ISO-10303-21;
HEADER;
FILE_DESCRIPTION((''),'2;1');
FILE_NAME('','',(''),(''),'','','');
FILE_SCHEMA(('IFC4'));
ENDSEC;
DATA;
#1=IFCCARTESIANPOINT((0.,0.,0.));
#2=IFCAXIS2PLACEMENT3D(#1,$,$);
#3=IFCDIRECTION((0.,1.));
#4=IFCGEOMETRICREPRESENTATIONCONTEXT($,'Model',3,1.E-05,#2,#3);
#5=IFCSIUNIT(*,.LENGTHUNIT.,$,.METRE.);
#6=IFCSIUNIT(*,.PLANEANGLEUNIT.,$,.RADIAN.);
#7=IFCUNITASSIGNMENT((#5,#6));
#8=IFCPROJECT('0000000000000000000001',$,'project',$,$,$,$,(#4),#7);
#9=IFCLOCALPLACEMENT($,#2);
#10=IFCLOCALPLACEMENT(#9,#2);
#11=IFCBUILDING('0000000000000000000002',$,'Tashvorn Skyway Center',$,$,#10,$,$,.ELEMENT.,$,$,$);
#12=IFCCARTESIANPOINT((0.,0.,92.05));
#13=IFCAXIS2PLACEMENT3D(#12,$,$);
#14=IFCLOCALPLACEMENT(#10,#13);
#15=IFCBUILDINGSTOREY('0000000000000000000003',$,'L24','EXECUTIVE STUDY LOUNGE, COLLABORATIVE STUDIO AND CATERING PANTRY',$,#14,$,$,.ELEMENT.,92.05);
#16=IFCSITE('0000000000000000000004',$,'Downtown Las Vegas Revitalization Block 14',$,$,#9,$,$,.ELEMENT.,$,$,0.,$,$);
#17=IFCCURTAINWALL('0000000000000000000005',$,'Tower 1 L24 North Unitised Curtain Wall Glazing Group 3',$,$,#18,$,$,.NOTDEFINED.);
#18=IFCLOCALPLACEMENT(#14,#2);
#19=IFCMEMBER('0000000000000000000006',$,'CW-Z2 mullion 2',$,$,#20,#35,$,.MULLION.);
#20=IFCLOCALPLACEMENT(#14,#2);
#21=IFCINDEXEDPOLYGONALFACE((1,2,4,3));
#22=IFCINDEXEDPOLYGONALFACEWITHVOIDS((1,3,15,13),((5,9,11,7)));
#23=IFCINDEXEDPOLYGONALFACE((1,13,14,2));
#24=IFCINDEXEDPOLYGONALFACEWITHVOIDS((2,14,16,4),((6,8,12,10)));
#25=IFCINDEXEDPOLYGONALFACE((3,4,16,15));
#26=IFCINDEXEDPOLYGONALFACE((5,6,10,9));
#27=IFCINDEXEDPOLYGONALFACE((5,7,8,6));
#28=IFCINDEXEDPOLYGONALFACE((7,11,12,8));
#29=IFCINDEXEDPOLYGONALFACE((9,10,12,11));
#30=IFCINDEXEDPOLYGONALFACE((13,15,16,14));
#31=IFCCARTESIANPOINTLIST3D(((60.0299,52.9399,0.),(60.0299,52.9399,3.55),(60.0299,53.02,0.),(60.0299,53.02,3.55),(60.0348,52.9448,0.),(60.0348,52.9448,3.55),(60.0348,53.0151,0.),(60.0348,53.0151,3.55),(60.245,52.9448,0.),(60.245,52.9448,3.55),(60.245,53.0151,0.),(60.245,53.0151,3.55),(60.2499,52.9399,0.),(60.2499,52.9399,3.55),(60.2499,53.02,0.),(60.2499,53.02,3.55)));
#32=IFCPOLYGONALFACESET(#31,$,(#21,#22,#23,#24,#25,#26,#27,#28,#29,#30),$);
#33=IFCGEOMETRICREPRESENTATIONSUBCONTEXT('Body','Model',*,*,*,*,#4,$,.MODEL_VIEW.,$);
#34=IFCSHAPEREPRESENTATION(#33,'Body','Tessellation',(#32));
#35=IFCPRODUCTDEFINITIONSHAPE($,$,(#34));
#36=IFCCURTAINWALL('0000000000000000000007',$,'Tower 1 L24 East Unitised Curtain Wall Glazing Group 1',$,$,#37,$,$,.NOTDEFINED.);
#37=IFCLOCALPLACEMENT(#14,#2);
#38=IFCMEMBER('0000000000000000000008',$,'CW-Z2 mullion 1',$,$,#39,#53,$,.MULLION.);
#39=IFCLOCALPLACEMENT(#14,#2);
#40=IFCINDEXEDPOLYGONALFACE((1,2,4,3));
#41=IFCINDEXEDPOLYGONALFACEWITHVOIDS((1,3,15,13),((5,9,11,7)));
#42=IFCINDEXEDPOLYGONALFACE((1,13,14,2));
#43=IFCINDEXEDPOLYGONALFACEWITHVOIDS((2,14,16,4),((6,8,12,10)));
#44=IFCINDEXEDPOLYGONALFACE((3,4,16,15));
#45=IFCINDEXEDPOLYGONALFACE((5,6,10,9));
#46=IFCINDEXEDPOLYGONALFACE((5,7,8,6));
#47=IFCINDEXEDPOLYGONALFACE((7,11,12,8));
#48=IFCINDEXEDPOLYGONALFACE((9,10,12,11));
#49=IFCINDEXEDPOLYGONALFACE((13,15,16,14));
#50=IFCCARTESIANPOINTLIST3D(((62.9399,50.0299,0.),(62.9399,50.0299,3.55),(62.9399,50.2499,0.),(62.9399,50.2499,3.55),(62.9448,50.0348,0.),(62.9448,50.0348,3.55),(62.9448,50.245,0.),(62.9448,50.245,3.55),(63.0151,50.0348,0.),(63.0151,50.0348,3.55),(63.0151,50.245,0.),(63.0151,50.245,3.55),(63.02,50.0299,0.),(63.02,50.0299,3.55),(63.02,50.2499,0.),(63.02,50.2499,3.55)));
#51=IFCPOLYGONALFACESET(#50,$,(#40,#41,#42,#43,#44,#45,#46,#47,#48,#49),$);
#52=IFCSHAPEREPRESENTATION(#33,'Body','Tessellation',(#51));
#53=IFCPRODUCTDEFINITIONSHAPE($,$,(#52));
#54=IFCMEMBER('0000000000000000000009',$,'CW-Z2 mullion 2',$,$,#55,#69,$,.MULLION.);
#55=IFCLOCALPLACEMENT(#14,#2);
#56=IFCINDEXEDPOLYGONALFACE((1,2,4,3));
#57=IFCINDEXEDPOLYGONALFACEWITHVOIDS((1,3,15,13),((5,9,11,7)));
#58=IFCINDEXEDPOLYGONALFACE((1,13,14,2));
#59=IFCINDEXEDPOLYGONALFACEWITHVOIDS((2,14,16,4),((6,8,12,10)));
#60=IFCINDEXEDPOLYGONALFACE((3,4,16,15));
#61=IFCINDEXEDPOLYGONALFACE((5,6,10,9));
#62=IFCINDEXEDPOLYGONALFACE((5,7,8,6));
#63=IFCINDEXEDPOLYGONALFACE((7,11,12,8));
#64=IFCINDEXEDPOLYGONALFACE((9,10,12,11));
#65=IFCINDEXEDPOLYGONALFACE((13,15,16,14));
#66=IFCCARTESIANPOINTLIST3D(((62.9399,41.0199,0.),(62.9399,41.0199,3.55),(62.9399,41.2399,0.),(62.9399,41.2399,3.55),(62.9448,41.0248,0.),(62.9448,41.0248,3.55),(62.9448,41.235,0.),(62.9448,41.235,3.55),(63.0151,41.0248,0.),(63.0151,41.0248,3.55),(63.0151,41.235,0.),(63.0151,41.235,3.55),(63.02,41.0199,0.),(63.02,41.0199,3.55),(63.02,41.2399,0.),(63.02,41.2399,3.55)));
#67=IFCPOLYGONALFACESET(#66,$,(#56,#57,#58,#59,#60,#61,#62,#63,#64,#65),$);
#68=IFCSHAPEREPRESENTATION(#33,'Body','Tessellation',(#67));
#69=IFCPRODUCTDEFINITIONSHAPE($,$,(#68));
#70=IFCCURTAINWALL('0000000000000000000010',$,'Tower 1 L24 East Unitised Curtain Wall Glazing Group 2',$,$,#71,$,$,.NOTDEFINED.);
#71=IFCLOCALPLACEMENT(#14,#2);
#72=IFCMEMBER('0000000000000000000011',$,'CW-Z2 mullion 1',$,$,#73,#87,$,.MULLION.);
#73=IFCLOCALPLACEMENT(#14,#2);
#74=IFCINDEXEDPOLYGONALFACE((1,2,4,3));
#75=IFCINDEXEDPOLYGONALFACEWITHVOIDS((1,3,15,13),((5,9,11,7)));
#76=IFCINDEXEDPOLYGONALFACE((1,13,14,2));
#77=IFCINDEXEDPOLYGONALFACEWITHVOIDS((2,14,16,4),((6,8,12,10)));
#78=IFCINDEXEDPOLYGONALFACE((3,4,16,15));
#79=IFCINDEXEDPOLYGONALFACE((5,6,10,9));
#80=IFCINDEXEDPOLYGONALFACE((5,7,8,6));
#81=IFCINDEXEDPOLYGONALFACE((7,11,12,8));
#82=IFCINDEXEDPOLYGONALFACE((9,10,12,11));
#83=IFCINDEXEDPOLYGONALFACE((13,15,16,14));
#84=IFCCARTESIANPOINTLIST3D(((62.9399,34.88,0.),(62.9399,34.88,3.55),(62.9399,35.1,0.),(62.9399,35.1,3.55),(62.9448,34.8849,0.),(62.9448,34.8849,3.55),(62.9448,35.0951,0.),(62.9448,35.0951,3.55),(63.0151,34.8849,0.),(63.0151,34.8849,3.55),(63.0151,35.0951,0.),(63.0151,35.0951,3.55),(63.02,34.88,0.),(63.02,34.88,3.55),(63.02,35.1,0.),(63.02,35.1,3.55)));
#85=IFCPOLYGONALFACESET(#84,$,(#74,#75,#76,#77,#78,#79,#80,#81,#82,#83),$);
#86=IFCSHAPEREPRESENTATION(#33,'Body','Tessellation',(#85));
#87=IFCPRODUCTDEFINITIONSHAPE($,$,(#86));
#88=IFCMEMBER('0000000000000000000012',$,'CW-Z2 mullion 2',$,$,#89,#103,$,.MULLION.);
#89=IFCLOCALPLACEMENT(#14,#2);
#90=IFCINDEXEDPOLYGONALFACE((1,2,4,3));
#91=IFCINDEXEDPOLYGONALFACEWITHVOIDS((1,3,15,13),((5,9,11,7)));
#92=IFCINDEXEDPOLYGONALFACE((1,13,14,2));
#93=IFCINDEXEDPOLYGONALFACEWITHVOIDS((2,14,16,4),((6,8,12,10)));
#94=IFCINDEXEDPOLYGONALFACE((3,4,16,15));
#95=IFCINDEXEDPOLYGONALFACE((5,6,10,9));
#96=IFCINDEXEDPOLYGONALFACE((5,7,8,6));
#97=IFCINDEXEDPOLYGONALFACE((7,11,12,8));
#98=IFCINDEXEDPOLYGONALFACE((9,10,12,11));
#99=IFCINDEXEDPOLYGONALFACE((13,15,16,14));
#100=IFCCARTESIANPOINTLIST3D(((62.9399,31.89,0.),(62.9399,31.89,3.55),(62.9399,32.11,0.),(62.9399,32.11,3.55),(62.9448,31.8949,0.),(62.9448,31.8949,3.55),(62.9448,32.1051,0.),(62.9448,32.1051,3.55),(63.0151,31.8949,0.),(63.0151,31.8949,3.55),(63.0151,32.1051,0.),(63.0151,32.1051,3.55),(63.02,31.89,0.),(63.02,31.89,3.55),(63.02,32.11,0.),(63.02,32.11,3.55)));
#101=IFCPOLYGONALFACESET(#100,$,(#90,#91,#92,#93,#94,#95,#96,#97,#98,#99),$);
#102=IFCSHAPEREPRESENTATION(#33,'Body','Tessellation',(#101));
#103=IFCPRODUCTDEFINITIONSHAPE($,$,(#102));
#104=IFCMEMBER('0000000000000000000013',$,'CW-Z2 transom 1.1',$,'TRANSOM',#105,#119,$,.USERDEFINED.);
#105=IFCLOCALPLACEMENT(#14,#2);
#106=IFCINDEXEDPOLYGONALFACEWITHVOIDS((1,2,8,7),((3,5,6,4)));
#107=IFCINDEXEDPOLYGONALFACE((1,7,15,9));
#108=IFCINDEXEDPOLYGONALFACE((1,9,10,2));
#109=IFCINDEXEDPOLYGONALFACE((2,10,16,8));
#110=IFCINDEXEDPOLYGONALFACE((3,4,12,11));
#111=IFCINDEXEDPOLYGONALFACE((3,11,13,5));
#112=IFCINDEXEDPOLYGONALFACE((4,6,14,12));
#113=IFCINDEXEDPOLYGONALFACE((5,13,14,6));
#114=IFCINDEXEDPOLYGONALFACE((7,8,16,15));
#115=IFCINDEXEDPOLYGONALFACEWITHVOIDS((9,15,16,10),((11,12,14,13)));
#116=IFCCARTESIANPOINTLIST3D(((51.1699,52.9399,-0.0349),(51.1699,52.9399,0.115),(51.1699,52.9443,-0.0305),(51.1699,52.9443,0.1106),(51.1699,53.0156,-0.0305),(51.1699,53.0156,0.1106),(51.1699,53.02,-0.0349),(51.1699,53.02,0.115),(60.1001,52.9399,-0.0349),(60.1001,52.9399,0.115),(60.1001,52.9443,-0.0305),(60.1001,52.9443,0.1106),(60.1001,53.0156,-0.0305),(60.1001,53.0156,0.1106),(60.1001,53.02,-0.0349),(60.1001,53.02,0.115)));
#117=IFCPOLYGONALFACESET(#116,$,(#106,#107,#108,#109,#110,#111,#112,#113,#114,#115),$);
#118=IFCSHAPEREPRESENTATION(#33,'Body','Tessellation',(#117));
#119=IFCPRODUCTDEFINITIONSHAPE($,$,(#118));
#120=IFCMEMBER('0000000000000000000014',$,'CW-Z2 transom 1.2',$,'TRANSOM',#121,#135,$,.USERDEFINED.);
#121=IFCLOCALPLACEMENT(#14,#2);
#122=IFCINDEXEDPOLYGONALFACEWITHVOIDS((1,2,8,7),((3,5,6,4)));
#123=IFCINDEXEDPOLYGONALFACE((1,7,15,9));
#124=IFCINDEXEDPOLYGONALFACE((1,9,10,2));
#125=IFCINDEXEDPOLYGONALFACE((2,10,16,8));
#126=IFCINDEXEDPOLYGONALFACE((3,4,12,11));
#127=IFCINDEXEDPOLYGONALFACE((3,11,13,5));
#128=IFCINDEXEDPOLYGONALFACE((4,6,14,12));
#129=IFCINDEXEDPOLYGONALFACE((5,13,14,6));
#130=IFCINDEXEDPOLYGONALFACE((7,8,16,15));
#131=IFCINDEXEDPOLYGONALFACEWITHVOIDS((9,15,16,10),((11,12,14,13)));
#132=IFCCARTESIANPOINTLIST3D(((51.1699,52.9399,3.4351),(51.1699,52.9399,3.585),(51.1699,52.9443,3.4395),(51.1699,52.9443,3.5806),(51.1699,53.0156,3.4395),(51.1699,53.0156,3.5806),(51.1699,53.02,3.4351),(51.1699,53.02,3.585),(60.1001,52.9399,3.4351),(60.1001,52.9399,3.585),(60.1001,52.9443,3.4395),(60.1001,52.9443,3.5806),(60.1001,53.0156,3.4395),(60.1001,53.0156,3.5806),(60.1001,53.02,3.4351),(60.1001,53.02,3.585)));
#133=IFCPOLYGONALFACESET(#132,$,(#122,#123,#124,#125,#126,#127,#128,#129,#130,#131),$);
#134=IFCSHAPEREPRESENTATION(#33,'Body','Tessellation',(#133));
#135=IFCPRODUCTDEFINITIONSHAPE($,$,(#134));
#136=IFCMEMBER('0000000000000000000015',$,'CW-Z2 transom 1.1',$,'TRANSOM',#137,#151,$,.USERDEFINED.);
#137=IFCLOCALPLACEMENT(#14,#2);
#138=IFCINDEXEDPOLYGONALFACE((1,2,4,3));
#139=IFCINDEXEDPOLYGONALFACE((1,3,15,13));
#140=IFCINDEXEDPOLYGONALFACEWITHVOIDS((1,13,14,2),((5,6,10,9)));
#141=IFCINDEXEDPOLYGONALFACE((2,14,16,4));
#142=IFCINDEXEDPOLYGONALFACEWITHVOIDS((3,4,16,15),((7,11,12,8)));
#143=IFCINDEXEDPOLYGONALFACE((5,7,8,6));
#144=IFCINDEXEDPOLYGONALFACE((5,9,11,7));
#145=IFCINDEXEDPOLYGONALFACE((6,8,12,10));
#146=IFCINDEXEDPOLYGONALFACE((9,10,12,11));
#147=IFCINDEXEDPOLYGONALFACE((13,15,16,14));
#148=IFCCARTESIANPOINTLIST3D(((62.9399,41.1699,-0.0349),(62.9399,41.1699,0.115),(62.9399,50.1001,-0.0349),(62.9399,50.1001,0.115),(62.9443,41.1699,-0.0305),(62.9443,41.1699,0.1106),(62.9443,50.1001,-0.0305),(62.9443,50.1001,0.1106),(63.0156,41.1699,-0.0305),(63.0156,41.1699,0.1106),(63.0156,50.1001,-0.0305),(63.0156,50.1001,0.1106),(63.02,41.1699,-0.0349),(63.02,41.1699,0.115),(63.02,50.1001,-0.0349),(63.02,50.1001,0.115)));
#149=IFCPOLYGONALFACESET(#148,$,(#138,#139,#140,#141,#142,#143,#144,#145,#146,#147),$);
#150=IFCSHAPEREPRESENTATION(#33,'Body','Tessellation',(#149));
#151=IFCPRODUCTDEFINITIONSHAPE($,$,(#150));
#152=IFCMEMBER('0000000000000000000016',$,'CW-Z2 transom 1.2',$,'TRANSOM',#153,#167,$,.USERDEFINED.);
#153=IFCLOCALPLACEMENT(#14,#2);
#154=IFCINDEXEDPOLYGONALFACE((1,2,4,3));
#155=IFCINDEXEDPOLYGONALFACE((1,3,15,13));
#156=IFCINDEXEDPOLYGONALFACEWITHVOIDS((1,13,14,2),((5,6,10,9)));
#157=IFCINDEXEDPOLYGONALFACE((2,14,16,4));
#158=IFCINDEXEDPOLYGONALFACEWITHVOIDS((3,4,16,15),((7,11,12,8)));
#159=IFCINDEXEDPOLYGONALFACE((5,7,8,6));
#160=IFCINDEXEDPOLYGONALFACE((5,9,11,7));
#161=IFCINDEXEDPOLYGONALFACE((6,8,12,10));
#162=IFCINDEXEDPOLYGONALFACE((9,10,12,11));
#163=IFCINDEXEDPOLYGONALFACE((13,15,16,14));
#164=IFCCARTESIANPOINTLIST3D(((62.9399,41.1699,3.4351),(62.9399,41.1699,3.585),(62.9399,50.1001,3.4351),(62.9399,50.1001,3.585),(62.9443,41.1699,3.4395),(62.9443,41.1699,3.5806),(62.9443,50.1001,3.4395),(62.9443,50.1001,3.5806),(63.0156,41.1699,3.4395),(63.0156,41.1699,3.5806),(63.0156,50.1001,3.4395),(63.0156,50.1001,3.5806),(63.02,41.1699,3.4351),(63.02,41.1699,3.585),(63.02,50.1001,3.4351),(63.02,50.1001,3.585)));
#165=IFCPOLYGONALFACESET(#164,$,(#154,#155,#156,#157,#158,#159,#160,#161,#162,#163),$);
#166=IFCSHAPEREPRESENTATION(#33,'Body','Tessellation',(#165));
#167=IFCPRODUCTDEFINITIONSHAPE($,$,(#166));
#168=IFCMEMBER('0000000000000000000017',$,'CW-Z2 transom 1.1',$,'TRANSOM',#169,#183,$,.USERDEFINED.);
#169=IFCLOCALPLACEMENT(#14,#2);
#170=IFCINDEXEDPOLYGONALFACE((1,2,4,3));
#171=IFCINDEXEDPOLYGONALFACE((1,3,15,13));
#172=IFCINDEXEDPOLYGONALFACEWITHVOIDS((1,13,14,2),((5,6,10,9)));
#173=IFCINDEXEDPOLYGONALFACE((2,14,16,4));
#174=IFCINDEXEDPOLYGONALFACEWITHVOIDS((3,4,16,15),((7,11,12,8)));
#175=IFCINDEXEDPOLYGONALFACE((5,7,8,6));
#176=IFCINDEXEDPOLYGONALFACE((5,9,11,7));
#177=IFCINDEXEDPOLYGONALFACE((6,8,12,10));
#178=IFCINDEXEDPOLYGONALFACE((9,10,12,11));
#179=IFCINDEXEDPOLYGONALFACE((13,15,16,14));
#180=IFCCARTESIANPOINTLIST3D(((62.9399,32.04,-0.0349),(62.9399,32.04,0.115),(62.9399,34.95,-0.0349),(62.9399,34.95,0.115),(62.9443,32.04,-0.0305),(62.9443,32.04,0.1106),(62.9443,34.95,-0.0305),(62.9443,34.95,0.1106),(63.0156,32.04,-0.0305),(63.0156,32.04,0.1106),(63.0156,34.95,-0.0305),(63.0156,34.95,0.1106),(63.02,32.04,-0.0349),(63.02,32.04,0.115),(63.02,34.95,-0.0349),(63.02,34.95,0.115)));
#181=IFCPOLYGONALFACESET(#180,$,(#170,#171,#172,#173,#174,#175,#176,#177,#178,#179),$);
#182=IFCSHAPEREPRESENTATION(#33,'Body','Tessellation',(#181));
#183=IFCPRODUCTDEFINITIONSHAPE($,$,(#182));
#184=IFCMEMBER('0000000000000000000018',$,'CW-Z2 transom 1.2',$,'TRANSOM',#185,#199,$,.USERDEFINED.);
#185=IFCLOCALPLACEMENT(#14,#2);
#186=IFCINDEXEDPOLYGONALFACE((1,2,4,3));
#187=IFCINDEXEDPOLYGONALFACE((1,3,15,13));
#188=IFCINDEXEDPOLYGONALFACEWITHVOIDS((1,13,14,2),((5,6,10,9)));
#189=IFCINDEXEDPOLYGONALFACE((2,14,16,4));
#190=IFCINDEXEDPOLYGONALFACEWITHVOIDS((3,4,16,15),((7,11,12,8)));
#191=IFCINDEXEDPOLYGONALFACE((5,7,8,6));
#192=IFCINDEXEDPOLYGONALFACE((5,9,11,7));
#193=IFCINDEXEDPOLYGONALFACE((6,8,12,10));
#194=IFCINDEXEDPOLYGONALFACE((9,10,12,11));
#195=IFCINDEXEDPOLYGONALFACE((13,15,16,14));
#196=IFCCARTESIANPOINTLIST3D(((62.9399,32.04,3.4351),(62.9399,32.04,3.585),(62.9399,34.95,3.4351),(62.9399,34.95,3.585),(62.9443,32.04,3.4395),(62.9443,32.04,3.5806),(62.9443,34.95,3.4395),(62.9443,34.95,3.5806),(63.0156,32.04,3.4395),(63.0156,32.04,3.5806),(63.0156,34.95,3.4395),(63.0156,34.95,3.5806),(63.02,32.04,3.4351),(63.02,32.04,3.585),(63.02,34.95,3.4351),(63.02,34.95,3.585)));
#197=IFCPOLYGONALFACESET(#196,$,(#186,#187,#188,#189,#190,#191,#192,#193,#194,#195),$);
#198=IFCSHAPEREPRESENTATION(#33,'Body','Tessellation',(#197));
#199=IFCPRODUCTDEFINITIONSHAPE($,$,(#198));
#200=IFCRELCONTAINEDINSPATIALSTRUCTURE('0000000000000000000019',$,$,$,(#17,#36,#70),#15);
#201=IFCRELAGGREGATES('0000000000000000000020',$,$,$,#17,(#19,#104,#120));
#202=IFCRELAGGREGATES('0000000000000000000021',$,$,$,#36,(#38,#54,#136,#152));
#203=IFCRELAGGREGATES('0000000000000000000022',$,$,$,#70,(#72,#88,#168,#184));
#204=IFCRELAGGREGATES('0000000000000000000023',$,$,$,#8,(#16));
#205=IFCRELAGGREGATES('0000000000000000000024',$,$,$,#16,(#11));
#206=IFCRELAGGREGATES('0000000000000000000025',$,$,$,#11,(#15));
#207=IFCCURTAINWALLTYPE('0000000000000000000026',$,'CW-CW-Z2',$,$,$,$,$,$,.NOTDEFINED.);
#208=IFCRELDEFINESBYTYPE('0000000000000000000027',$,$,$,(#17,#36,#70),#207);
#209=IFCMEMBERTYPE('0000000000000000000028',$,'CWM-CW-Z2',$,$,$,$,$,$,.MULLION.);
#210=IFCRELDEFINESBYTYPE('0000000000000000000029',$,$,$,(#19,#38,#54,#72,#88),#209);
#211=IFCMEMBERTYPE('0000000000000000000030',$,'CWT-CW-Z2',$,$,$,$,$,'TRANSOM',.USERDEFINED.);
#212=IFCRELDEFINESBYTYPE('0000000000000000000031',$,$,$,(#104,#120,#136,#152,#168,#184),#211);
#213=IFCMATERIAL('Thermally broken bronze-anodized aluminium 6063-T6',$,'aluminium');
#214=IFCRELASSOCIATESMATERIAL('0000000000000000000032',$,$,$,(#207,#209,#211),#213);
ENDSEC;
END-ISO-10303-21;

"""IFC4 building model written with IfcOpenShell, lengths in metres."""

from ifc_helpers import new_model, si_unit, direction, frame, origin, origin_2d, place, context, subcontext, project, spatial, hollow_rectangle, extrude, material, material_profile, profile_set, type_object, element, aggregate, save


model = new_model("IFC4")

# Units and contexts
model_context = context("Model", 3, precision=1e-05, world=origin(), true_north=direction((0.0, 1.0)))
body_context = subcontext(model_context, "Body", "Model", "MODEL_VIEW")
ifc_project = project(units=[si_unit("LENGTHUNIT", "METRE"), si_unit("PLANEANGLEUNIT", "RADIAN")], contexts=[model_context])

# Site, building, storey
site_placement = place(None, origin())
site = spatial("IfcSite", under=ifc_project, at=site_placement, Name="Downtown Las Vegas Revitalization Block 14", CompositionType="ELEMENT", RefElevation=0.0)
building_placement = place(site_placement, origin())
building = spatial("IfcBuilding", under=site, at=building_placement, Name="Tashvorn Skyway Center", CompositionType="ELEMENT")
storey_placement = place(building_placement, frame((0.0, 0.0, 92.05)))
storey = spatial("IfcBuildingStorey", under=building, at=storey_placement, Name="L24", Description="EXECUTIVE STUDY LOUNGE, COLLABORATIVE STUDIO AND CATERING PANTRY", CompositionType="ELEMENT", Elevation=92.05)

# Curtain walls, members
ifc_material_1 = material(Name="Thermally broken bronze-anodized aluminium 6063-T6", Category="aluminium")
curtain_wall_type = type_object("IfcCurtainWallType", Name="CW-CW-Z2", PredefinedType="NOTDEFINED", material=ifc_material_1)
curtain_wall_1_placement = place(storey_placement, origin())
curtain_wall_1 = element("IfcCurtainWall", 1, at=curtain_wall_1_placement, inside=storey, type_object=curtain_wall_type, Name="Tower 1 L24 North Unitised Curtain Wall Glazing Group 3", PredefinedType="NOTDEFINED")
ifc_material_profile_1 = material_profile(ifc_material_1, hollow_rectangle(XDim=0.0801, YDim=0.22, WallThickness=0.0049, at=origin_2d()), Name="ALU-MULL-80x220")
ifc_profile_set_1 = profile_set([ifc_material_profile_1], Name="Thermally broken bronze-anodized aluminium 6063-T6")
member_type_1 = type_object("IfcMemberType", Name="CWM-CW-Z2", PredefinedType="MULLION", material=ifc_profile_set_1)
member_1_placement = place(storey_placement, frame((60.1399, 52.98, 0.0), z_axis=(0.0, 0.0, 1.0), x_axis=(0.0, 1.0, 0.0)))
member_1 = element("IfcMember", 2, at=member_1_placement, type_object=member_type_1, Name="CW-Z2 mullion 2", PredefinedType="MULLION", context=body_context, shape_type="SweptSolid", body=[
    extrude(hollow_rectangle(XDim=0.0801, YDim=0.22, WallThickness=0.0049, at=origin_2d()), origin(), (0.0, 0.0, 1.0), 3.55),
])
curtain_wall_2_placement = place(storey_placement, origin())
curtain_wall_2 = element("IfcCurtainWall", 3, at=curtain_wall_2_placement, inside=storey, type_object=curtain_wall_type, Name="Tower 1 L24 East Unitised Curtain Wall Glazing Group 1", PredefinedType="NOTDEFINED")
member_2_placement = place(storey_placement, frame((62.98, 50.1399, 0.0), z_axis=(0.0, 0.0, 1.0), x_axis=(1.0, 0.0, 0.0)))
member_2 = element("IfcMember", 4, at=member_2_placement, type_object=member_type_1, Name="CW-Z2 mullion 1", PredefinedType="MULLION", context=body_context, shape_type="SweptSolid", body=[
    extrude(hollow_rectangle(XDim=0.0801, YDim=0.22, WallThickness=0.0049, at=origin_2d()), origin(), (0.0, 0.0, 1.0), 3.55),
])
member_3_placement = place(storey_placement, frame((62.98, 41.1299, 0.0), z_axis=(0.0, 0.0, 1.0), x_axis=(1.0, 0.0, 0.0)))
member_3 = element("IfcMember", 5, at=member_3_placement, type_object=member_type_1, Name="CW-Z2 mullion 2", PredefinedType="MULLION", context=body_context, shape_type="SweptSolid", body=[
    extrude(hollow_rectangle(XDim=0.0801, YDim=0.22, WallThickness=0.0049, at=origin_2d()), origin(), (0.0, 0.0, 1.0), 3.55),
])
curtain_wall_3_placement = place(storey_placement, origin())
curtain_wall_3 = element("IfcCurtainWall", 6, at=curtain_wall_3_placement, inside=storey, type_object=curtain_wall_type, Name="Tower 1 L24 East Unitised Curtain Wall Glazing Group 2", PredefinedType="NOTDEFINED")
member_4_placement = place(storey_placement, frame((62.98, 34.99, 0.0), z_axis=(0.0, 0.0, 1.0), x_axis=(1.0, 0.0, 0.0)))
member_4 = element("IfcMember", 7, at=member_4_placement, type_object=member_type_1, Name="CW-Z2 mullion 1", PredefinedType="MULLION", context=body_context, shape_type="SweptSolid", body=[
    extrude(hollow_rectangle(XDim=0.0801, YDim=0.22, WallThickness=0.0049, at=origin_2d()), origin(), (0.0, 0.0, 1.0), 3.55),
])
member_5_placement = place(storey_placement, frame((62.98, 32.0, 0.0), z_axis=(0.0, 0.0, 1.0), x_axis=(1.0, 0.0, 0.0)))
member_5 = element("IfcMember", 8, at=member_5_placement, type_object=member_type_1, Name="CW-Z2 mullion 2", PredefinedType="MULLION", context=body_context, shape_type="SweptSolid", body=[
    extrude(hollow_rectangle(XDim=0.0801, YDim=0.22, WallThickness=0.0049, at=origin_2d()), origin(), (0.0, 0.0, 1.0), 3.55),
])

# Members
ifc_material_profile_2 = material_profile(ifc_material_1, hollow_rectangle(XDim=0.0801, YDim=0.1499, WallThickness=0.0044, at=origin_2d()), Name="ALU-TRAN-80x150")
ifc_profile_set_2 = profile_set([ifc_material_profile_2], Name="Thermally broken bronze-anodized aluminium 6063-T6")
member_type_2 = type_object("IfcMemberType", Name="CWT-CW-Z2", ElementType="TRANSOM", PredefinedType="USERDEFINED", material=ifc_profile_set_2)
member_6_placement = place(storey_placement, frame((51.1699, 52.98, 0.04), z_axis=(1.0, 0.0, 0.0), x_axis=(0.0, 1.0, 0.0)))
member_6 = element("IfcMember", 9, at=member_6_placement, type_object=member_type_2, Name="CW-Z2 transom 1.1", ObjectType="TRANSOM", PredefinedType="USERDEFINED", context=body_context, shape_type="SweptSolid", body=[
    extrude(hollow_rectangle(XDim=0.0801, YDim=0.1499, WallThickness=0.0044, at=origin_2d()), origin(), (0.0, 0.0, 1.0), 8.9302),
])
member_7_placement = place(storey_placement, frame((51.1699, 52.98, 3.51), z_axis=(1.0, 0.0, 0.0), x_axis=(0.0, 1.0, 0.0)))
member_7 = element("IfcMember", 10, at=member_7_placement, type_object=member_type_2, Name="CW-Z2 transom 1.2", ObjectType="TRANSOM", PredefinedType="USERDEFINED", context=body_context, shape_type="SweptSolid", body=[
    extrude(hollow_rectangle(XDim=0.0801, YDim=0.1499, WallThickness=0.0044, at=origin_2d()), origin(), (0.0, 0.0, 1.0), 8.9302),
])
member_8_placement = place(storey_placement, frame((62.98, 50.1001, 0.04), z_axis=(0.0, -1.0, 0.0), x_axis=(1.0, 0.0, 0.0)))
member_8 = element("IfcMember", 11, at=member_8_placement, type_object=member_type_2, Name="CW-Z2 transom 1.1", ObjectType="TRANSOM", PredefinedType="USERDEFINED", context=body_context, shape_type="SweptSolid", body=[
    extrude(hollow_rectangle(XDim=0.0801, YDim=0.1499, WallThickness=0.0044, at=origin_2d()), origin(), (0.0, 0.0, 1.0), 8.9302),
])
member_9_placement = place(storey_placement, frame((62.98, 50.1001, 3.51), z_axis=(0.0, -1.0, 0.0), x_axis=(1.0, 0.0, 0.0)))
member_9 = element("IfcMember", 12, at=member_9_placement, type_object=member_type_2, Name="CW-Z2 transom 1.2", ObjectType="TRANSOM", PredefinedType="USERDEFINED", context=body_context, shape_type="SweptSolid", body=[
    extrude(hollow_rectangle(XDim=0.0801, YDim=0.1499, WallThickness=0.0044, at=origin_2d()), origin(), (0.0, 0.0, 1.0), 8.9302),
])
member_10_placement = place(storey_placement, frame((62.98, 34.95, 0.04), z_axis=(0.0, -1.0, 0.0), x_axis=(1.0, 0.0, 0.0)))
member_10 = element("IfcMember", 13, at=member_10_placement, type_object=member_type_2, Name="CW-Z2 transom 1.1", ObjectType="TRANSOM", PredefinedType="USERDEFINED", context=body_context, shape_type="SweptSolid", body=[
    extrude(hollow_rectangle(XDim=0.0801, YDim=0.1499, WallThickness=0.0044, at=origin_2d()), origin(), (0.0, 0.0, 1.0), 2.9099),
])
member_11_placement = place(storey_placement, frame((62.98, 34.95, 3.51), z_axis=(0.0, -1.0, 0.0), x_axis=(1.0, 0.0, 0.0)))
member_11 = element("IfcMember", 14, at=member_11_placement, type_object=member_type_2, Name="CW-Z2 transom 1.2", ObjectType="TRANSOM", PredefinedType="USERDEFINED", context=body_context, shape_type="SweptSolid", body=[
    extrude(hollow_rectangle(XDim=0.0801, YDim=0.1499, WallThickness=0.0044, at=origin_2d()), origin(), (0.0, 0.0, 1.0), 2.9099),
])

aggregate(curtain_wall_1, [member_1, member_6, member_7])
aggregate(curtain_wall_2, [member_2, member_3, member_8, member_9])
aggregate(curtain_wall_3, [member_4, member_5, member_10, member_11])

save(model, "model.ifc")
